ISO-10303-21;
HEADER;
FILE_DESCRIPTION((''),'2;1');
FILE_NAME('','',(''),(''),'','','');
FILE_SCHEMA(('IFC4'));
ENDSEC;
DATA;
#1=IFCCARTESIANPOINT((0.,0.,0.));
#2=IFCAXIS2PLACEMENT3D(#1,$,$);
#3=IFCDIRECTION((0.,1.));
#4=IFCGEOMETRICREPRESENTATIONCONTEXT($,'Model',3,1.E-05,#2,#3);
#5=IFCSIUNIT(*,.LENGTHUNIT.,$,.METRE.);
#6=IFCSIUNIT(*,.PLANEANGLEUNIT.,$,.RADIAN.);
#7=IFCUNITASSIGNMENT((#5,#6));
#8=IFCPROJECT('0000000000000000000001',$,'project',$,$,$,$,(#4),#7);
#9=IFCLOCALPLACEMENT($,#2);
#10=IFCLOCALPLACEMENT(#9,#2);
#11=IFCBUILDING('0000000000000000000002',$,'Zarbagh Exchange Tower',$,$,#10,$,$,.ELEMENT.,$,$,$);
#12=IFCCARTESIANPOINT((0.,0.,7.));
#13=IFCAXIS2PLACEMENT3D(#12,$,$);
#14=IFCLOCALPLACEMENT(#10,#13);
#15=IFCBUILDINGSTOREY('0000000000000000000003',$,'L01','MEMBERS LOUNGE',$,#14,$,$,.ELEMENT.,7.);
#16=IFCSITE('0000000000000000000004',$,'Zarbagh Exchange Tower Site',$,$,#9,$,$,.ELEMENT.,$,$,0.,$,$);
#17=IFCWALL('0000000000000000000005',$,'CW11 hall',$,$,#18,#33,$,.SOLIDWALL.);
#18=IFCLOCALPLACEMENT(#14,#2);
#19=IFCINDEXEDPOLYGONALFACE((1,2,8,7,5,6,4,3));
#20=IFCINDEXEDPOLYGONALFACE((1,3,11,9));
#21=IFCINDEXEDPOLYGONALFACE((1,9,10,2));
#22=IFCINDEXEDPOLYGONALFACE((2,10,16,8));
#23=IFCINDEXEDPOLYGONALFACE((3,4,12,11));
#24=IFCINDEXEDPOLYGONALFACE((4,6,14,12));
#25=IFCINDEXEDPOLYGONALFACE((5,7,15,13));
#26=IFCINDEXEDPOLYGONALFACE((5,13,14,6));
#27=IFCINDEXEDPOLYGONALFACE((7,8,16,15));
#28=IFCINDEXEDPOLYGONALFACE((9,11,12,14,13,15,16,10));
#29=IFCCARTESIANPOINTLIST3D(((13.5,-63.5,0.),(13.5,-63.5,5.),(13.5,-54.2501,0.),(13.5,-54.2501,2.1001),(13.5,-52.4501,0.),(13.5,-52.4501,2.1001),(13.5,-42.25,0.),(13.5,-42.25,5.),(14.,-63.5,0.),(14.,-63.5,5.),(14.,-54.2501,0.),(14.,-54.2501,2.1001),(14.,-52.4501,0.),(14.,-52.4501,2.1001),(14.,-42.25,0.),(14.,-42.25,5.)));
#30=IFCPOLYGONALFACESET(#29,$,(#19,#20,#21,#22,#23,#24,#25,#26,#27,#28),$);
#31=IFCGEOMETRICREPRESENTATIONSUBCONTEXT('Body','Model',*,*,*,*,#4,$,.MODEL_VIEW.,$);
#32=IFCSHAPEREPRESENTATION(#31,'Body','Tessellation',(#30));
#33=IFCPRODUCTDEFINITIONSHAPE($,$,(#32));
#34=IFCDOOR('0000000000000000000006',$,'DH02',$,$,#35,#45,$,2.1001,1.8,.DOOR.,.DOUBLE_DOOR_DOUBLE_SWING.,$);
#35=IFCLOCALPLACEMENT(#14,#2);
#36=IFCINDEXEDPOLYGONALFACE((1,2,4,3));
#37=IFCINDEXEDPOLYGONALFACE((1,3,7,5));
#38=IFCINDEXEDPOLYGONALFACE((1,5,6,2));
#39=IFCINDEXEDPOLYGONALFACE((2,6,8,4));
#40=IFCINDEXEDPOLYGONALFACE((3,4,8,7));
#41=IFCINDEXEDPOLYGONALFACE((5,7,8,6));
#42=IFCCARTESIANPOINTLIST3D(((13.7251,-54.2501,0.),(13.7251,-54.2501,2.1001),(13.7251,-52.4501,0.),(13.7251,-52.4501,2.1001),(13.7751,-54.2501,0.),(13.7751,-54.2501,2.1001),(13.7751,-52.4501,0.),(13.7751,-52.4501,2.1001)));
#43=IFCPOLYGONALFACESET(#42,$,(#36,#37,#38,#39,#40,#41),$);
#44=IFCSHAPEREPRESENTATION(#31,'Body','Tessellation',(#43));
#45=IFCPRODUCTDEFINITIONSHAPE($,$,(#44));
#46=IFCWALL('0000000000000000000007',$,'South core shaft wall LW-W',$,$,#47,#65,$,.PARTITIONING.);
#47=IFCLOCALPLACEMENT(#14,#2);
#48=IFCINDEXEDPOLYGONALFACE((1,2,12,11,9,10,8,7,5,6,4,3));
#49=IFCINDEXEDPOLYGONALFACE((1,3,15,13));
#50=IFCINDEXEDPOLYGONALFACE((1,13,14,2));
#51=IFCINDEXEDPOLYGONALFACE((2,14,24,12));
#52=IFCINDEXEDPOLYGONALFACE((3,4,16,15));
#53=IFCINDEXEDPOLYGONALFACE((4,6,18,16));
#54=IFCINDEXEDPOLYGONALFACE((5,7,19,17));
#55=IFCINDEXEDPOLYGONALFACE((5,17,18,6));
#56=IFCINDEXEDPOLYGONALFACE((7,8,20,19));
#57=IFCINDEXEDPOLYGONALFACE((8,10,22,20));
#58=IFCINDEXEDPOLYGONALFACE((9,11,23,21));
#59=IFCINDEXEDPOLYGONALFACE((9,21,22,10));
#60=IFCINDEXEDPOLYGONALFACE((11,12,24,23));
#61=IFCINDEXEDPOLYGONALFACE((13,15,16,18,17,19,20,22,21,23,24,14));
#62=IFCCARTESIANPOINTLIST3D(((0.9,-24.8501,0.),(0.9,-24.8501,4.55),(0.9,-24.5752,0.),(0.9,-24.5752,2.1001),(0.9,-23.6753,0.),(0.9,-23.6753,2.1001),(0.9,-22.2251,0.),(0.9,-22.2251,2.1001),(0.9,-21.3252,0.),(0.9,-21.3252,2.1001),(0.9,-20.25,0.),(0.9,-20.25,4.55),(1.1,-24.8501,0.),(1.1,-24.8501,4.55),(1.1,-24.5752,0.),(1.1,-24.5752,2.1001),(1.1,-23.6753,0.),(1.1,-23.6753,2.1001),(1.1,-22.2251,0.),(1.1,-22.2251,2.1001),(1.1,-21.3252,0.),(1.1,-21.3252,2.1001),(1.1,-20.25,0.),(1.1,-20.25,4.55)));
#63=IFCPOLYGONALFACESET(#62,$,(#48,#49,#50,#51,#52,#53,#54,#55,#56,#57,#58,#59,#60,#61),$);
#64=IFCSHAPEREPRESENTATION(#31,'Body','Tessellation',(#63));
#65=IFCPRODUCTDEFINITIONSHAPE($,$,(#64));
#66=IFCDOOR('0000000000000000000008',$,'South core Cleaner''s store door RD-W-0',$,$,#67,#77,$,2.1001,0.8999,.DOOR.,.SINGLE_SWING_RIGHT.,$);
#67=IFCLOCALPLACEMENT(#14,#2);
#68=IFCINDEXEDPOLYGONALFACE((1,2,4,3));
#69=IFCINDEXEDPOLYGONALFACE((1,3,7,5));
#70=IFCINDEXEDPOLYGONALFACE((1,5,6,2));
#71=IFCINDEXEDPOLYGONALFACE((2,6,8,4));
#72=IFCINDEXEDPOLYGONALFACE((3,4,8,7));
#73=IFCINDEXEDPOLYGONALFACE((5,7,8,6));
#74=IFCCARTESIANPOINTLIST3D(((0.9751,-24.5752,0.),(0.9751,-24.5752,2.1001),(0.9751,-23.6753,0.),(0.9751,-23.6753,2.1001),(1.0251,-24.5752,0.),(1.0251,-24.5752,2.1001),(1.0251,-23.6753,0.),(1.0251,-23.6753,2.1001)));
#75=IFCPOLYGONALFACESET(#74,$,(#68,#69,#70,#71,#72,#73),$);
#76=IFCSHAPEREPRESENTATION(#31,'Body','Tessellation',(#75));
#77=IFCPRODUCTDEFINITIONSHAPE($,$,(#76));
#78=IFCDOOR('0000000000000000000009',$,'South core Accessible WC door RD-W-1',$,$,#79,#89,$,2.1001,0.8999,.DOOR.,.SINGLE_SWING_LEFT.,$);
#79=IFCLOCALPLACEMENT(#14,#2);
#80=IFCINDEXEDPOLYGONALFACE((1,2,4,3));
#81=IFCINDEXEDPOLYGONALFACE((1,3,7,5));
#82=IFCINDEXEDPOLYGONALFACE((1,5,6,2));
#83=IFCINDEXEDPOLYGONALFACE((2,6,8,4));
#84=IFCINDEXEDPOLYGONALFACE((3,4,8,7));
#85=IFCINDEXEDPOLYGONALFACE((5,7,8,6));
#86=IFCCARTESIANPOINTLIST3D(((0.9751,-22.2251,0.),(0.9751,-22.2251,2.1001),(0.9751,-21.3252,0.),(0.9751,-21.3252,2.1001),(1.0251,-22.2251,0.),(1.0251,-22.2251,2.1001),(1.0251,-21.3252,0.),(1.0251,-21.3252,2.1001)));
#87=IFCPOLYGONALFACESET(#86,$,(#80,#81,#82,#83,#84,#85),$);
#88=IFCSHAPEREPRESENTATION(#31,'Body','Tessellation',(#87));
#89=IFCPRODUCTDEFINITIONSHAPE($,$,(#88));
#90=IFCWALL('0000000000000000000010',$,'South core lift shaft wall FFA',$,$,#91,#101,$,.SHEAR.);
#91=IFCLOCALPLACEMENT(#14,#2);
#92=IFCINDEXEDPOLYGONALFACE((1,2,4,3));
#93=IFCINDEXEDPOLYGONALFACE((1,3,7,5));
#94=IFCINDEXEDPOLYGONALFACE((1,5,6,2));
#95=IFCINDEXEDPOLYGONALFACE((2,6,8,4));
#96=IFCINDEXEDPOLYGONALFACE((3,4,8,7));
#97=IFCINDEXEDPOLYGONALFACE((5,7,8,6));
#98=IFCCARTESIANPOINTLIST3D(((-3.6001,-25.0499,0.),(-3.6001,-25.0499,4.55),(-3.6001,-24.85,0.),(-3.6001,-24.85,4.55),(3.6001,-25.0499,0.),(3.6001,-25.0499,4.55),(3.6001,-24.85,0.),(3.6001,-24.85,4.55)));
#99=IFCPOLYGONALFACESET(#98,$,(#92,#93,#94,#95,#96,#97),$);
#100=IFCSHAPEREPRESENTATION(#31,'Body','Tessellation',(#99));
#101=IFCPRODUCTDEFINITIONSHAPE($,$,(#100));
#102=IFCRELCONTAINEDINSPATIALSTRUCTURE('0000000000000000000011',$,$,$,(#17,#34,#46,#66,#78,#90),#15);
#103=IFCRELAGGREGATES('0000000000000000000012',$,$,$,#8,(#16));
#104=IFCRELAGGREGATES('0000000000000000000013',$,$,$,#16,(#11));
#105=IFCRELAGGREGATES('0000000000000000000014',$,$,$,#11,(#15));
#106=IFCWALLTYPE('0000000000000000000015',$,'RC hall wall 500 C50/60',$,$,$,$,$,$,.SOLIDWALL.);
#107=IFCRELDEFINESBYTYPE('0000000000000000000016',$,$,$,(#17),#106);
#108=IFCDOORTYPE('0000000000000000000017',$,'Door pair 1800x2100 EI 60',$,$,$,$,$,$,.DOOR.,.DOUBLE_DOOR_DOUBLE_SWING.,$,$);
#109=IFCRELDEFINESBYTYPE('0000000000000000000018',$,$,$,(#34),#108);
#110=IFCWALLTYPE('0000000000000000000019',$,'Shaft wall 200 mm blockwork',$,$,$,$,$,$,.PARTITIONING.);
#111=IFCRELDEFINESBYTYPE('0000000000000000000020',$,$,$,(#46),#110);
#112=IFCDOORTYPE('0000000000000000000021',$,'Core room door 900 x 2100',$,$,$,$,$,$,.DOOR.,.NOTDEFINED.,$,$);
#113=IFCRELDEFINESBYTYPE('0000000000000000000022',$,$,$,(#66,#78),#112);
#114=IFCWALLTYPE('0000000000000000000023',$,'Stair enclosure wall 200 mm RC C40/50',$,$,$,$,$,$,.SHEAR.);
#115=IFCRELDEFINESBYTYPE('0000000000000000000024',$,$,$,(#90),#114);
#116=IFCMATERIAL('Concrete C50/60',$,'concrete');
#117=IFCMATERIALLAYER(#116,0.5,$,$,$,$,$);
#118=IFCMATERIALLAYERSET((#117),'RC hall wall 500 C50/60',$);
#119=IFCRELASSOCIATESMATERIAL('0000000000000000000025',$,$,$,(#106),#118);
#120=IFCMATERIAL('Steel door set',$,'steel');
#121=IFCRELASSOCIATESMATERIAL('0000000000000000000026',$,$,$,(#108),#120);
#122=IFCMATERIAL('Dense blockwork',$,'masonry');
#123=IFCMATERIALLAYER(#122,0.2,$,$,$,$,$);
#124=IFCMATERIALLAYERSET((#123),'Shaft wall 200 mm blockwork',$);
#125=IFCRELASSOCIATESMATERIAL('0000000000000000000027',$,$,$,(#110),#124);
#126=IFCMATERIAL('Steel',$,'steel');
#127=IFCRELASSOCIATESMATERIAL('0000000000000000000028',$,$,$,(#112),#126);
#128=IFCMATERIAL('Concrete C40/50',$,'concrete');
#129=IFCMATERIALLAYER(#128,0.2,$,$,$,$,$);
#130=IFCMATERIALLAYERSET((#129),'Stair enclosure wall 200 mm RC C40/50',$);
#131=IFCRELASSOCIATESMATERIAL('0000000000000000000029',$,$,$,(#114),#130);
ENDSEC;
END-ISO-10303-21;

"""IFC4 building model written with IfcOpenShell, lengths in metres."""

from ifc_helpers import new_model, si_unit, direction, frame, frame_2d, origin, place, context, subcontext, project, spatial, rectangle, extrude, material, layer, layer_set, type_object, element, fill, save


model = new_model("IFC4")

# Units and contexts
model_context = context("Model", 3, precision=1e-05, world=origin(), true_north=direction((0.0, 1.0)))
body_context = subcontext(model_context, "Body", "Model", "MODEL_VIEW")
ifc_project = project(units=[si_unit("LENGTHUNIT", "METRE"), si_unit("PLANEANGLEUNIT", "RADIAN")], contexts=[model_context])

# Site, building, storey
site_placement = place(None, origin())
site = spatial("IfcSite", under=ifc_project, at=site_placement, Name="Zarbagh Exchange Tower Site", CompositionType="ELEMENT", RefElevation=0.0)
building_placement = place(site_placement, origin())
building = spatial("IfcBuilding", under=site, at=building_placement, Name="Zarbagh Exchange Tower", CompositionType="ELEMENT")
storey_placement = place(building_placement, frame((0.0, 0.0, 7.0)))
storey = spatial("IfcBuildingStorey", under=building, at=storey_placement, Name="L01", Description="MEMBERS LOUNGE", CompositionType="ELEMENT", Elevation=7.0)

# Wall, opening, door
ifc_material_1 = material(Name="Concrete C50/60", Category="concrete")
ifc_layer_1 = layer(ifc_material_1, 0.5)
ifc_layer_set_1 = layer_set([ifc_layer_1], Name="RC hall wall 500 C50/60")
wall_type_1 = type_object("IfcWallType", Name="RC hall wall 500 C50/60", PredefinedType="SOLIDWALL", material=ifc_layer_set_1)
wall_1_placement = place(storey_placement, frame((13.75, -63.5, 0.0), z_axis=(0.0, 0.0, 1.0), x_axis=(0.0, 1.0, 0.0)))
wall_1 = element("IfcWall", 1, at=wall_1_placement, inside=storey, type_object=wall_type_1, Name="CW11 hall", PredefinedType="SOLIDWALL", context=body_context, shape_type="SweptSolid", body=[
    extrude(rectangle(XDim=21.25, YDim=0.5, at=frame_2d((10.625, 0.0))), origin(), (0.0, 0.0, 1.0), 5.0),
])
opening_1_placement = place(wall_1_placement, frame((9.25, 0.0, 0.0)))
opening_1 = element("IfcOpeningElement", 2, at=opening_1_placement, cuts=wall_1, PredefinedType="OPENING", context=body_context, shape_type="SweptSolid", body=[
    extrude(rectangle(XDim=1.8, YDim=2.1001, at=frame_2d((0.8999, 1.05))), frame((0.0, 0.26, 0.0), z_axis=(0.0, -1.0, 0.0), x_axis=(1.0, 0.0, 0.0)), (0.0, 0.0, 1.0), 0.52),
])
ifc_material_2 = material(Name="Steel door set", Category="steel")
door_type_1 = type_object("IfcDoorType", Name="Door pair 1800x2100 EI 60", OperationType="DOUBLE_DOOR_DOUBLE_SWING", PredefinedType="DOOR", material=ifc_material_2)
door_1_placement = place(opening_1_placement, origin())
door_1 = element("IfcDoor", 3, at=door_1_placement, inside=storey, type_object=door_type_1, Name="DH02", OperationType="DOUBLE_DOOR_DOUBLE_SWING", OverallHeight=2.1001, OverallWidth=1.8, PredefinedType="DOOR", context=body_context, shape_type="SweptSolid", body=[
    extrude(rectangle(XDim=1.8, YDim=2.1001, at=frame_2d((0.8999, 1.05))), frame((0.0, 0.0249, 0.0), z_axis=(0.0, -1.0, 0.0), x_axis=(1.0, 0.0, 0.0)), (0.0, 0.0, 1.0), 0.05),
])
fill(opening_1, door_1)

# Wall, openings, doors
ifc_material_3 = material(Name="Dense blockwork", Category="masonry")
ifc_layer_2 = layer(ifc_material_3, 0.2)
ifc_layer_set_2 = layer_set([ifc_layer_2], Name="Shaft wall 200 mm blockwork")
wall_type_2 = type_object("IfcWallType", Name="Shaft wall 200 mm blockwork", PredefinedType="PARTITIONING", material=ifc_layer_set_2)
wall_2_placement = place(storey_placement, frame((1.0, -24.8501, 0.0), z_axis=(0.0, 0.0, 1.0), x_axis=(0.0, 1.0, 0.0)))
wall_2 = element("IfcWall", 4, at=wall_2_placement, inside=storey, type_object=wall_type_2, Name="South core shaft wall LW-W", PredefinedType="PARTITIONING", context=body_context, shape_type="SweptSolid", body=[
    extrude(rectangle(XDim=4.6001, YDim=0.2, at=frame_2d((2.3, 0.0))), origin(), (0.0, 0.0, 1.0), 4.55),
])
opening_2_placement = place(wall_2_placement, frame((0.2749, 0.0, 0.0)))
opening_2 = element("IfcOpeningElement", 5, at=opening_2_placement, cuts=wall_2, PredefinedType="OPENING", context=body_context, shape_type="SweptSolid", body=[
    extrude(rectangle(XDim=0.8999, YDim=2.1001, at=frame_2d((0.45, 1.05))), frame((0.0, 0.1099, 0.0), z_axis=(0.0, -1.0, 0.0), x_axis=(1.0, 0.0, 0.0)), (0.0, 0.0, 1.0), 0.22),
])
opening_3_placement = place(wall_2_placement, frame((2.625, 0.0, 0.0)))
opening_3 = element("IfcOpeningElement", 6, at=opening_3_placement, cuts=wall_2, PredefinedType="OPENING", context=body_context, shape_type="SweptSolid", body=[
    extrude(rectangle(XDim=0.8999, YDim=2.1001, at=frame_2d((0.45, 1.05))), frame((0.0, 0.1099, 0.0), z_axis=(0.0, -1.0, 0.0), x_axis=(1.0, 0.0, 0.0)), (0.0, 0.0, 1.0), 0.22),
])
ifc_material_4 = material(Name="Steel", Category="steel")
door_type_2 = type_object("IfcDoorType", Name="Core room door 900 x 2100", OperationType="NOTDEFINED", PredefinedType="DOOR", material=ifc_material_4)
door_2_placement = place(opening_2_placement, origin())
door_2 = element("IfcDoor", 7, at=door_2_placement, inside=storey, type_object=door_type_2, Name="South core Cleaner's store door RD-W-0", OperationType="SINGLE_SWING_RIGHT", OverallHeight=2.1001, OverallWidth=0.8999, PredefinedType="DOOR", context=body_context, shape_type="SweptSolid", body=[
    extrude(rectangle(XDim=0.8999, YDim=2.1001, at=frame_2d((0.45, 1.05))), frame((0.0, 0.0249, 0.0), z_axis=(0.0, -1.0, 0.0), x_axis=(1.0, 0.0, 0.0)), (0.0, 0.0, 1.0), 0.05),
])
fill(opening_2, door_2)
door_3_placement = place(opening_3_placement, origin())
door_3 = element("IfcDoor", 8, at=door_3_placement, inside=storey, type_object=door_type_2, Name="South core Accessible WC door RD-W-1", OperationType="SINGLE_SWING_LEFT", OverallHeight=2.1001, OverallWidth=0.8999, PredefinedType="DOOR", context=body_context, shape_type="SweptSolid", body=[
    extrude(rectangle(XDim=0.8999, YDim=2.1001, at=frame_2d((0.45, 1.05))), frame((0.0, 0.0249, 0.0), z_axis=(0.0, -1.0, 0.0), x_axis=(1.0, 0.0, 0.0)), (0.0, 0.0, 1.0), 0.05),
])
fill(opening_3, door_3)

# Wall
ifc_material_5 = material(Name="Concrete C40/50", Category="concrete")
ifc_layer_3 = layer(ifc_material_5, 0.2)
ifc_layer_set_3 = layer_set([ifc_layer_3], Name="Stair enclosure wall 200 mm RC C40/50")
wall_type_3 = type_object("IfcWallType", Name="Stair enclosure wall 200 mm RC C40/50", PredefinedType="SHEAR", material=ifc_layer_set_3)
wall_3_placement = place(storey_placement, frame((3.6001, -24.95, 0.0), z_axis=(0.0, 0.0, 1.0), x_axis=(-1.0, 0.0, 0.0)))
element("IfcWall", 9, at=wall_3_placement, inside=storey, type_object=wall_type_3, Name="South core lift shaft wall FFA", PredefinedType="SHEAR", context=body_context, shape_type="SweptSolid", body=[
    extrude(rectangle(XDim=7.2002, YDim=0.2, at=frame_2d((3.6001, 0.0))), origin(), (0.0, 0.0, 1.0), 4.55),
])

save(model, "model.ifc")
